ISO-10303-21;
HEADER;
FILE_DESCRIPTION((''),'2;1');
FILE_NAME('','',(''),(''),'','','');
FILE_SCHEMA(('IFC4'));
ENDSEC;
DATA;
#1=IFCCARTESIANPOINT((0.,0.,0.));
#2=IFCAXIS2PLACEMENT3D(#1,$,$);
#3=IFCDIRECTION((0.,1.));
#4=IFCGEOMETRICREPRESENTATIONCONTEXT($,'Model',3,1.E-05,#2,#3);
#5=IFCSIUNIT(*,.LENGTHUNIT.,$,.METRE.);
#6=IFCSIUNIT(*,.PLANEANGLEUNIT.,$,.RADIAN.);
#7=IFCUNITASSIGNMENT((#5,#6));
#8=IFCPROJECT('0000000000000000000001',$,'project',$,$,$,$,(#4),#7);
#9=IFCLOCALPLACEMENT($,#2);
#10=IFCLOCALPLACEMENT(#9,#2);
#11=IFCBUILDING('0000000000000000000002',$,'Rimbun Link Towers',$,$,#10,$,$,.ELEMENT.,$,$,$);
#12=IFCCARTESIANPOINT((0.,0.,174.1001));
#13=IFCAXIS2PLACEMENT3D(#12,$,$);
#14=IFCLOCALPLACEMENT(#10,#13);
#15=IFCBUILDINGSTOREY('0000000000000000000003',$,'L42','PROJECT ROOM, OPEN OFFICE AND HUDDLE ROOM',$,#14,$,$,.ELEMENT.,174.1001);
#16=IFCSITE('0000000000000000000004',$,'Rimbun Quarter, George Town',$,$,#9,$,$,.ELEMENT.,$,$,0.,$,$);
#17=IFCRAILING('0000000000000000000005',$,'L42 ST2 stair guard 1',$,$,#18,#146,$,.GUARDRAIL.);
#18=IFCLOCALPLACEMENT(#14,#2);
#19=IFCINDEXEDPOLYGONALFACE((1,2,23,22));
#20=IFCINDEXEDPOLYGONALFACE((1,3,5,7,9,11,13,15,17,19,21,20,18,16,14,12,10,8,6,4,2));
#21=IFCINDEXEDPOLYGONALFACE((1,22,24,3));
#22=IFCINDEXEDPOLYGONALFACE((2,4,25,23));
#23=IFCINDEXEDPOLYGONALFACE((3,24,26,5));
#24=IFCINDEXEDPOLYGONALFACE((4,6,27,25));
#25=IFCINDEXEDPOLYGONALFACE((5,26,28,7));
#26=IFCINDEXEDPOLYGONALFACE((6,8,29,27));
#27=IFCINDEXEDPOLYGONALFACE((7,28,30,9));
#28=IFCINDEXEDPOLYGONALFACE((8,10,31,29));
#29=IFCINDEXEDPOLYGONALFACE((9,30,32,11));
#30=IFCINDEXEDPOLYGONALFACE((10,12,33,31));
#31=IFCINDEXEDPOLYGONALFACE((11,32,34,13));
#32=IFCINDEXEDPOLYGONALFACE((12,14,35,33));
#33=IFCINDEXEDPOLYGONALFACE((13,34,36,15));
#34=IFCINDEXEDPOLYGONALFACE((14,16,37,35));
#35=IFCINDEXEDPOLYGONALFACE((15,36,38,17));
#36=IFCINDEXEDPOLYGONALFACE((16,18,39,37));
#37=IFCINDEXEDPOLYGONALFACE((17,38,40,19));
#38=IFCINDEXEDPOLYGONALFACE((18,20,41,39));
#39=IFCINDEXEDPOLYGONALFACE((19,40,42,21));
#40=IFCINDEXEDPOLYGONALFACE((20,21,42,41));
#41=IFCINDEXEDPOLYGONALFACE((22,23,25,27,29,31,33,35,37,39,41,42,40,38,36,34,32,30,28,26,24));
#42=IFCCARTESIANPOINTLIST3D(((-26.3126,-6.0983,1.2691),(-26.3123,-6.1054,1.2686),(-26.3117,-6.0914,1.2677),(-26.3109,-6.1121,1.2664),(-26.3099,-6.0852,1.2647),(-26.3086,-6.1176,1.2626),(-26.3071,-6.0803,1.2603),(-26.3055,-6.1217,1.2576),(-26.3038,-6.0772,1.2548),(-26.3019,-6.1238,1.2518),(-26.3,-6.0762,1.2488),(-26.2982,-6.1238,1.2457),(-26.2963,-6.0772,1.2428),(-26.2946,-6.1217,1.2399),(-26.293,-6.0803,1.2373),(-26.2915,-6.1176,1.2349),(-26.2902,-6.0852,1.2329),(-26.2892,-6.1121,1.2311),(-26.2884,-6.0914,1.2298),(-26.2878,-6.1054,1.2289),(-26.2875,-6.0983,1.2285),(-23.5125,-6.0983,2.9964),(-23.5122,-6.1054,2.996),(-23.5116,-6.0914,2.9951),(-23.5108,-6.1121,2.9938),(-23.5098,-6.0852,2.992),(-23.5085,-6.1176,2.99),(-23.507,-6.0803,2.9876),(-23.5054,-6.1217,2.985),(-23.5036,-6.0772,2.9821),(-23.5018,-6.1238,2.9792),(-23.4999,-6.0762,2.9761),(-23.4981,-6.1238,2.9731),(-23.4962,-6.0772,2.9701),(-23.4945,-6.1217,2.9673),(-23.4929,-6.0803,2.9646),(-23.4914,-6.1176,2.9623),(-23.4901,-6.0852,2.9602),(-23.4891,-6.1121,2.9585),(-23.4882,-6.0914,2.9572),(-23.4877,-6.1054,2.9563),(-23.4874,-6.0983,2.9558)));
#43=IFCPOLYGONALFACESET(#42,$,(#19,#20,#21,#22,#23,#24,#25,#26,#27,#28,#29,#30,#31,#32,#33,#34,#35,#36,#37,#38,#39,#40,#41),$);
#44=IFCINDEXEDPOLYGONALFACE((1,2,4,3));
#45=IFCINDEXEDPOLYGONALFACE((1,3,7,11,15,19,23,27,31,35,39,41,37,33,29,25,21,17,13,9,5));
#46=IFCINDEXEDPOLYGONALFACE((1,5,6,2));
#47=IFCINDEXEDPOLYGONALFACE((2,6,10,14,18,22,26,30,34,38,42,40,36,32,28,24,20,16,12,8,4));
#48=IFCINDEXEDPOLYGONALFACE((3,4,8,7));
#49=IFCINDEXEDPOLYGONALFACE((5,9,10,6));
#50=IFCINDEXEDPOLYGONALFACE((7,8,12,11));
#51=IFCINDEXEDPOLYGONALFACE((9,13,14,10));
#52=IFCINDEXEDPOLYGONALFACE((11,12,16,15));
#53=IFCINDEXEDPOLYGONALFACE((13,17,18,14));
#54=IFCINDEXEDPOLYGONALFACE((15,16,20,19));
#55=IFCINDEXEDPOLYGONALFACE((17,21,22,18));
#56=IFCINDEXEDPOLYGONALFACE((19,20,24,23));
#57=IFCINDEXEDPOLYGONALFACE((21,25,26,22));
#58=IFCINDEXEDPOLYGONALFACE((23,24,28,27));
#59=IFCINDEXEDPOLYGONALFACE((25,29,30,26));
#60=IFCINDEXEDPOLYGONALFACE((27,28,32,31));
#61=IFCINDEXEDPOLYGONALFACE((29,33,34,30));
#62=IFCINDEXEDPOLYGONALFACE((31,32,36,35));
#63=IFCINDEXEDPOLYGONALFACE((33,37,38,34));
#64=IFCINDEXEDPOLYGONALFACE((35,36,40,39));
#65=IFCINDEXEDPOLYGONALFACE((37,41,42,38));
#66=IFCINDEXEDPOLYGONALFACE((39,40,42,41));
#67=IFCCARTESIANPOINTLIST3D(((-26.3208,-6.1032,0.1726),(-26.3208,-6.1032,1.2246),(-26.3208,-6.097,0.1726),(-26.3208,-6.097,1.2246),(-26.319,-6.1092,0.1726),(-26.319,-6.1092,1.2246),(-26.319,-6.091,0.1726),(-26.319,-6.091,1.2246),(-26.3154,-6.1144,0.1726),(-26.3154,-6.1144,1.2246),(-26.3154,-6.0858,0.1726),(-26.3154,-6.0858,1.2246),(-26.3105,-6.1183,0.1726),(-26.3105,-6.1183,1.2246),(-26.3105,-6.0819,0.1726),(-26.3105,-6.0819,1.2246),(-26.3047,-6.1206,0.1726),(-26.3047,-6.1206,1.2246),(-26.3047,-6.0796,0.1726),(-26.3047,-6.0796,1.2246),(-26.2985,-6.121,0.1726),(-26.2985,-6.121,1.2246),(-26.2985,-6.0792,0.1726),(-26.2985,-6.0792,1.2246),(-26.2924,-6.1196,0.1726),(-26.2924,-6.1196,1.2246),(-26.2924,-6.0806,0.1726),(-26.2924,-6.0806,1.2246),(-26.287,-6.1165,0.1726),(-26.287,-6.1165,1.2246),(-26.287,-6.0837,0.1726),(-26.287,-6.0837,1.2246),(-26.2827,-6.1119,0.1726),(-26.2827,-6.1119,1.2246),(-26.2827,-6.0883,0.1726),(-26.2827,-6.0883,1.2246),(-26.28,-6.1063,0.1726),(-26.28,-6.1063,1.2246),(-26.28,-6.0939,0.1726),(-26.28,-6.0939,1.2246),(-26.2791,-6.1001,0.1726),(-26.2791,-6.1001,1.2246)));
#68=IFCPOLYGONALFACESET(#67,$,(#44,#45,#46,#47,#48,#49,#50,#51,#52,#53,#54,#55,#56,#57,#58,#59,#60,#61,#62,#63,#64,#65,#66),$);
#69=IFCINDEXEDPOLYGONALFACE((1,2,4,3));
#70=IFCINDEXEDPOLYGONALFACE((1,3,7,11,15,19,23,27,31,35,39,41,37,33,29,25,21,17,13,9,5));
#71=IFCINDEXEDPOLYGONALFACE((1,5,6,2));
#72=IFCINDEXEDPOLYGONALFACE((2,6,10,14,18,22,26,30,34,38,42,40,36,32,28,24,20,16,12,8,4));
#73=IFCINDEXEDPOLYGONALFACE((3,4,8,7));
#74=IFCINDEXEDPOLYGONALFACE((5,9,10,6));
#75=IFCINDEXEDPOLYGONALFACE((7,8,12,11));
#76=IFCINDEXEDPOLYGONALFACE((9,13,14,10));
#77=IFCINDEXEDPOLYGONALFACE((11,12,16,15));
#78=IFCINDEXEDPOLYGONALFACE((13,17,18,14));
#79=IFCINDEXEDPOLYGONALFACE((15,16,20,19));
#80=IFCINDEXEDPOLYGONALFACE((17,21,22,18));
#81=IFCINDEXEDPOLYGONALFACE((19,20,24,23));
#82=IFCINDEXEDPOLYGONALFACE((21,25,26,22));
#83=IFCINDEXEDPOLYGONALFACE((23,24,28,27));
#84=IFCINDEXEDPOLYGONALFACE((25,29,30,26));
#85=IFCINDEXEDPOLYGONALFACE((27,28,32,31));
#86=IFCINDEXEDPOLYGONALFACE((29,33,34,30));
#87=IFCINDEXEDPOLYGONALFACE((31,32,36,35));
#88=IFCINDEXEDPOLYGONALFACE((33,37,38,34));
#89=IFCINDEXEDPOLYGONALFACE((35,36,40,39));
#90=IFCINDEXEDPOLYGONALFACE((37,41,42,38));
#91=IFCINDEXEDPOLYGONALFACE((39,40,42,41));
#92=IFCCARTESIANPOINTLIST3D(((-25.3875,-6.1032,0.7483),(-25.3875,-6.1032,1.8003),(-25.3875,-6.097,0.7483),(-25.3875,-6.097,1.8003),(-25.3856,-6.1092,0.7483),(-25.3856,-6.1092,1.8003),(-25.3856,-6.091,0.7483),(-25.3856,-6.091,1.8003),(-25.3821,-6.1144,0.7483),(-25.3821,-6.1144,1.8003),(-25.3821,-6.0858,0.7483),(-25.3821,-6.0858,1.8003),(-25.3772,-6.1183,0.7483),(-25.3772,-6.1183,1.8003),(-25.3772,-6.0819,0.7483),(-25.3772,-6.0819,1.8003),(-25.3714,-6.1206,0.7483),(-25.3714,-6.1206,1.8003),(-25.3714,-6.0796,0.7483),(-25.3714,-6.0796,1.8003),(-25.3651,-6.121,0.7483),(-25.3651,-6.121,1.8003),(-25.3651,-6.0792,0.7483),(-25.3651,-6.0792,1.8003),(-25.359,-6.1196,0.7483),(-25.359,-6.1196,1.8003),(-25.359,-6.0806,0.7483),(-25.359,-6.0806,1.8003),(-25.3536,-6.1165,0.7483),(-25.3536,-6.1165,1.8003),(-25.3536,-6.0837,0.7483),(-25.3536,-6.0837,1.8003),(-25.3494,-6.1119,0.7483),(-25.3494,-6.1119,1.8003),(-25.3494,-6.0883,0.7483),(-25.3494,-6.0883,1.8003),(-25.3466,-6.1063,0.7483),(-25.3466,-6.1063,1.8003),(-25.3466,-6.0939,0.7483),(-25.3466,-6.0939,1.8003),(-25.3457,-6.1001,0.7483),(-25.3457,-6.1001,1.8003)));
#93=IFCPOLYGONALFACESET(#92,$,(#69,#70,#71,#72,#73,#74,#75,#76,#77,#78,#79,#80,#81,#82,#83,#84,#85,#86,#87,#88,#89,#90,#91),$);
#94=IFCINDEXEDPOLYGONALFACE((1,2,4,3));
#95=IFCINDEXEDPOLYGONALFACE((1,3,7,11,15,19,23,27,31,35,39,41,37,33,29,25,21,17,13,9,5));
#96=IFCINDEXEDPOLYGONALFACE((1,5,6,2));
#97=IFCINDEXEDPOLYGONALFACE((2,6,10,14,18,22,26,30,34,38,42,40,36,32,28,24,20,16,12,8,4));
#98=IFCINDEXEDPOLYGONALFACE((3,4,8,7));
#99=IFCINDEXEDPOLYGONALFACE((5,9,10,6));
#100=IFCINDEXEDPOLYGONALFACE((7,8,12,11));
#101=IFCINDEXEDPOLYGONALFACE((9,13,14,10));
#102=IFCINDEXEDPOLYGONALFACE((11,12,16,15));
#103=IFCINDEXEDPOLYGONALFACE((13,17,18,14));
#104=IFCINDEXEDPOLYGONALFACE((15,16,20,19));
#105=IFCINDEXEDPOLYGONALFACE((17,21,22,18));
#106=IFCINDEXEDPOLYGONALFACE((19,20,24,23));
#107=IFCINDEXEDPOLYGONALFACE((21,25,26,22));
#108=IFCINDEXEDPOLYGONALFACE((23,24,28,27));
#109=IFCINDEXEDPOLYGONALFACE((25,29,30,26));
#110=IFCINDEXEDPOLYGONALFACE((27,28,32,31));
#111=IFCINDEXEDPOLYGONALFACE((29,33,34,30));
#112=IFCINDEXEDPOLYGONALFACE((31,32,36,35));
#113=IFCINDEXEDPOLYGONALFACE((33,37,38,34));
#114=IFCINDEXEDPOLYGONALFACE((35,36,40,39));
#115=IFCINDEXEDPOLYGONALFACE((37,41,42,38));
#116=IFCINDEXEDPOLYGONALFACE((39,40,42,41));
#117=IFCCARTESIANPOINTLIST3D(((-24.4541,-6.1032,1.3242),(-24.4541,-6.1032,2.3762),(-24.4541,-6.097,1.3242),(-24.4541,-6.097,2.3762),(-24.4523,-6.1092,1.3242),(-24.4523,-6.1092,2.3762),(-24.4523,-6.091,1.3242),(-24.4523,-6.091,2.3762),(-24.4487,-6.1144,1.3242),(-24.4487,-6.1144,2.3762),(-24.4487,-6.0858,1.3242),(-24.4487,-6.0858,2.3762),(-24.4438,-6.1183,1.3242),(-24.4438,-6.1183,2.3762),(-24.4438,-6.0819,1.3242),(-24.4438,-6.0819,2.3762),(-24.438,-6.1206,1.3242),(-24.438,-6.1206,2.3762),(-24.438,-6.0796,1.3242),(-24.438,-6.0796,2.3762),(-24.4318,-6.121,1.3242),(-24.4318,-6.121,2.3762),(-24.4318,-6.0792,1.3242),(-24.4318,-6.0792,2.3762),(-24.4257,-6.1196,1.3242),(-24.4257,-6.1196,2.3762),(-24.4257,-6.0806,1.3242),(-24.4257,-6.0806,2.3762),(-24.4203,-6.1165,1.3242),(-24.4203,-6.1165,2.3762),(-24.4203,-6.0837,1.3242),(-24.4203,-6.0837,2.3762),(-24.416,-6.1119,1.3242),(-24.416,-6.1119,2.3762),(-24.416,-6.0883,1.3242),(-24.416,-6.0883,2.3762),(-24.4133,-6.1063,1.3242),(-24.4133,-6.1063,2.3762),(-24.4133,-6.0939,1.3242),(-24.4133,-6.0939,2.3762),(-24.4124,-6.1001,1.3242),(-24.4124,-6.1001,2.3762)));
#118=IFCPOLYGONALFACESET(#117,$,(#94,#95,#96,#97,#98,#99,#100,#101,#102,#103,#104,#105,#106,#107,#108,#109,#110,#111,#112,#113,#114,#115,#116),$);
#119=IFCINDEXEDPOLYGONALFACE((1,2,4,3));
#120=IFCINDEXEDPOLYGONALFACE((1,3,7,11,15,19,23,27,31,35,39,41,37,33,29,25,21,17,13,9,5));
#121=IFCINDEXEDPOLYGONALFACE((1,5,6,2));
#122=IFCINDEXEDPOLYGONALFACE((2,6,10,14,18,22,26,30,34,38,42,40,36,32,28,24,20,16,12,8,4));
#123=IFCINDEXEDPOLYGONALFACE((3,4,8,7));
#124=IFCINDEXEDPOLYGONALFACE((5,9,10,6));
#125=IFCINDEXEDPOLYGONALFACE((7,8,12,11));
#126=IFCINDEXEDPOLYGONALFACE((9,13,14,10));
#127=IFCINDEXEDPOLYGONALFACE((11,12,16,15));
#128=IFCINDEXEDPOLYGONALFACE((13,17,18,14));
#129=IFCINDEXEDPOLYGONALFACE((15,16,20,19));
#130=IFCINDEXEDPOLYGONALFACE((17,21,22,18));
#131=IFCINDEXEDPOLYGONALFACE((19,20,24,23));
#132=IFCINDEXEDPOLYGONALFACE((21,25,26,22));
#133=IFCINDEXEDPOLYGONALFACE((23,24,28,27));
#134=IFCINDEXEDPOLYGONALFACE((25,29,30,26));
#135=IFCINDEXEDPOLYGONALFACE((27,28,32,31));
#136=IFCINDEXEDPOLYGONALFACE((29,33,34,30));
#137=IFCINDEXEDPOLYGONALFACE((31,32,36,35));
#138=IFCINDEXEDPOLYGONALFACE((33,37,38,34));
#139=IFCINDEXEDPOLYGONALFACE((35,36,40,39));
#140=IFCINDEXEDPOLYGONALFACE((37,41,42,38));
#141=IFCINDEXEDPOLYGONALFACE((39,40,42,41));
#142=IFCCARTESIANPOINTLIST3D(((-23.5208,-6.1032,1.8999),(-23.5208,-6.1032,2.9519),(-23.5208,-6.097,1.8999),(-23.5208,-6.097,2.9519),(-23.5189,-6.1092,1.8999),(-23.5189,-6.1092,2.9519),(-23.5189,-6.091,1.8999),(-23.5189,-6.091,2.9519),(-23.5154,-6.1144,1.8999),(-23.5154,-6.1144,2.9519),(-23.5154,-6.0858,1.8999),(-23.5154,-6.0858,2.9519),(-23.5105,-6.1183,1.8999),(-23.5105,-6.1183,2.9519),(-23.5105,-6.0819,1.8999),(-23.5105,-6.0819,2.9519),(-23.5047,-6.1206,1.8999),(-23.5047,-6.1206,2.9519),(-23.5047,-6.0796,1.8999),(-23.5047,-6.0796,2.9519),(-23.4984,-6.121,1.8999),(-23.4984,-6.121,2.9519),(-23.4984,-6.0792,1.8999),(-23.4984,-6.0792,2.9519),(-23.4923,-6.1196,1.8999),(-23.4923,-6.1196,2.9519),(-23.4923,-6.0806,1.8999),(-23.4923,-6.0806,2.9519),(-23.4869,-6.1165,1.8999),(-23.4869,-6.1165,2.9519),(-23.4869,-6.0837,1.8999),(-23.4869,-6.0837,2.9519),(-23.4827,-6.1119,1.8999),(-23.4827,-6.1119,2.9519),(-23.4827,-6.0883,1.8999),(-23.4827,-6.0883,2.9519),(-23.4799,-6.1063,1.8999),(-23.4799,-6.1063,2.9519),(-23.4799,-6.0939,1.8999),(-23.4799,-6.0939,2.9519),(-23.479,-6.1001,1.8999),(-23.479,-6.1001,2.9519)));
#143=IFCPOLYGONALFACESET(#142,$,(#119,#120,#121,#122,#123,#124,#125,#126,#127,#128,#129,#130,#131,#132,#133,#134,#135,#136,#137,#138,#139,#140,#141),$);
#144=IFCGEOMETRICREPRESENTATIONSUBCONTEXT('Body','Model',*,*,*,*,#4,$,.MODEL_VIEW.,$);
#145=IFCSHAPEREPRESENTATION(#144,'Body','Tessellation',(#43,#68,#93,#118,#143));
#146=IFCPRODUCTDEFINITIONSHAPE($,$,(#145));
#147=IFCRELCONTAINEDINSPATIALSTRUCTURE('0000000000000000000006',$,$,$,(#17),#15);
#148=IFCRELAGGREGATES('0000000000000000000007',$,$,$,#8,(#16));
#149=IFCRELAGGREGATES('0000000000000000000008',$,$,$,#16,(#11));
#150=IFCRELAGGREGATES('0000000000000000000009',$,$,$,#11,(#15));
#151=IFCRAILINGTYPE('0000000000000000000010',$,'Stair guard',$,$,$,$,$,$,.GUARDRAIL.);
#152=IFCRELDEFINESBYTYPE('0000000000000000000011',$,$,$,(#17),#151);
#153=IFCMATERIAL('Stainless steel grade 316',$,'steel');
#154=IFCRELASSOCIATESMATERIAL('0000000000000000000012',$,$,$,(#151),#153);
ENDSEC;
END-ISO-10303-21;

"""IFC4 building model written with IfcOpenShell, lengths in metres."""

from ifc_helpers import new_model, si_unit, direction, frame, origin, origin_2d, place, context, subcontext, project, spatial, circle, extrude, material, type_object, element, save


model = new_model("IFC4")

# Units and contexts
model_context = context("Model", 3, precision=1e-05, world=origin(), true_north=direction((0.0, 1.0)))
body_context = subcontext(model_context, "Body", "Model", "MODEL_VIEW")
ifc_project = project(units=[si_unit("LENGTHUNIT", "METRE"), si_unit("PLANEANGLEUNIT", "RADIAN")], contexts=[model_context])

# Site, building, storey
site_placement = place(None, origin())
site = spatial("IfcSite", under=ifc_project, at=site_placement, Name="Rimbun Quarter, George Town", CompositionType="ELEMENT", RefElevation=0.0)
building_placement = place(site_placement, origin())
building = spatial("IfcBuilding", under=site, at=building_placement, Name="Rimbun Link Towers", CompositionType="ELEMENT")
storey_placement = place(building_placement, frame((0.0, 0.0, 174.1001)))
storey = spatial("IfcBuildingStorey", under=building, at=storey_placement, Name="L42", Description="PROJECT ROOM, OPEN OFFICE AND HUDDLE ROOM", CompositionType="ELEMENT", Elevation=174.1001)

# Railing
ifc_material_1 = material(Name="Stainless steel grade 316", Category="steel")
railing_type_1 = type_object("IfcRailingType", Name="Stair guard", PredefinedType="GUARDRAIL", material=ifc_material_1)
railing_1_placement = place(storey_placement, frame((-26.3, -6.1001, 0.1726)))
element("IfcRailing", 1, at=railing_1_placement, inside=storey, type_object=railing_type_1, Name="L42 ST2 stair guard 1", PredefinedType="GUARDRAIL", context=body_context, shape_type="SweptSolid", body=[
    extrude(circle(Radius=0.0239, at=origin_2d()), frame((0.0, 0.0, 1.0762), z_axis=(0.85109, 0.0, 0.52502), x_axis=(0.0, 1.0, 0.0)), (0.0, 0.0, 1.0), 3.29),
    extrude(circle(Radius=0.021, at=origin_2d()), origin(), (0.0, 0.0, 1.0), 1.052),
    extrude(circle(Radius=0.021, at=origin_2d()), frame((0.9333, 0.0, 0.5757)), (0.0, 0.0, 1.0), 1.052),
    extrude(circle(Radius=0.021, at=origin_2d()), frame((1.8667, 0.0, 1.1516)), (0.0, 0.0, 1.0), 1.052),
    extrude(circle(Radius=0.021, at=origin_2d()), frame((2.8, 0.0, 1.7273)), (0.0, 0.0, 1.0), 1.052),
])

save(model, "model.ifc")
